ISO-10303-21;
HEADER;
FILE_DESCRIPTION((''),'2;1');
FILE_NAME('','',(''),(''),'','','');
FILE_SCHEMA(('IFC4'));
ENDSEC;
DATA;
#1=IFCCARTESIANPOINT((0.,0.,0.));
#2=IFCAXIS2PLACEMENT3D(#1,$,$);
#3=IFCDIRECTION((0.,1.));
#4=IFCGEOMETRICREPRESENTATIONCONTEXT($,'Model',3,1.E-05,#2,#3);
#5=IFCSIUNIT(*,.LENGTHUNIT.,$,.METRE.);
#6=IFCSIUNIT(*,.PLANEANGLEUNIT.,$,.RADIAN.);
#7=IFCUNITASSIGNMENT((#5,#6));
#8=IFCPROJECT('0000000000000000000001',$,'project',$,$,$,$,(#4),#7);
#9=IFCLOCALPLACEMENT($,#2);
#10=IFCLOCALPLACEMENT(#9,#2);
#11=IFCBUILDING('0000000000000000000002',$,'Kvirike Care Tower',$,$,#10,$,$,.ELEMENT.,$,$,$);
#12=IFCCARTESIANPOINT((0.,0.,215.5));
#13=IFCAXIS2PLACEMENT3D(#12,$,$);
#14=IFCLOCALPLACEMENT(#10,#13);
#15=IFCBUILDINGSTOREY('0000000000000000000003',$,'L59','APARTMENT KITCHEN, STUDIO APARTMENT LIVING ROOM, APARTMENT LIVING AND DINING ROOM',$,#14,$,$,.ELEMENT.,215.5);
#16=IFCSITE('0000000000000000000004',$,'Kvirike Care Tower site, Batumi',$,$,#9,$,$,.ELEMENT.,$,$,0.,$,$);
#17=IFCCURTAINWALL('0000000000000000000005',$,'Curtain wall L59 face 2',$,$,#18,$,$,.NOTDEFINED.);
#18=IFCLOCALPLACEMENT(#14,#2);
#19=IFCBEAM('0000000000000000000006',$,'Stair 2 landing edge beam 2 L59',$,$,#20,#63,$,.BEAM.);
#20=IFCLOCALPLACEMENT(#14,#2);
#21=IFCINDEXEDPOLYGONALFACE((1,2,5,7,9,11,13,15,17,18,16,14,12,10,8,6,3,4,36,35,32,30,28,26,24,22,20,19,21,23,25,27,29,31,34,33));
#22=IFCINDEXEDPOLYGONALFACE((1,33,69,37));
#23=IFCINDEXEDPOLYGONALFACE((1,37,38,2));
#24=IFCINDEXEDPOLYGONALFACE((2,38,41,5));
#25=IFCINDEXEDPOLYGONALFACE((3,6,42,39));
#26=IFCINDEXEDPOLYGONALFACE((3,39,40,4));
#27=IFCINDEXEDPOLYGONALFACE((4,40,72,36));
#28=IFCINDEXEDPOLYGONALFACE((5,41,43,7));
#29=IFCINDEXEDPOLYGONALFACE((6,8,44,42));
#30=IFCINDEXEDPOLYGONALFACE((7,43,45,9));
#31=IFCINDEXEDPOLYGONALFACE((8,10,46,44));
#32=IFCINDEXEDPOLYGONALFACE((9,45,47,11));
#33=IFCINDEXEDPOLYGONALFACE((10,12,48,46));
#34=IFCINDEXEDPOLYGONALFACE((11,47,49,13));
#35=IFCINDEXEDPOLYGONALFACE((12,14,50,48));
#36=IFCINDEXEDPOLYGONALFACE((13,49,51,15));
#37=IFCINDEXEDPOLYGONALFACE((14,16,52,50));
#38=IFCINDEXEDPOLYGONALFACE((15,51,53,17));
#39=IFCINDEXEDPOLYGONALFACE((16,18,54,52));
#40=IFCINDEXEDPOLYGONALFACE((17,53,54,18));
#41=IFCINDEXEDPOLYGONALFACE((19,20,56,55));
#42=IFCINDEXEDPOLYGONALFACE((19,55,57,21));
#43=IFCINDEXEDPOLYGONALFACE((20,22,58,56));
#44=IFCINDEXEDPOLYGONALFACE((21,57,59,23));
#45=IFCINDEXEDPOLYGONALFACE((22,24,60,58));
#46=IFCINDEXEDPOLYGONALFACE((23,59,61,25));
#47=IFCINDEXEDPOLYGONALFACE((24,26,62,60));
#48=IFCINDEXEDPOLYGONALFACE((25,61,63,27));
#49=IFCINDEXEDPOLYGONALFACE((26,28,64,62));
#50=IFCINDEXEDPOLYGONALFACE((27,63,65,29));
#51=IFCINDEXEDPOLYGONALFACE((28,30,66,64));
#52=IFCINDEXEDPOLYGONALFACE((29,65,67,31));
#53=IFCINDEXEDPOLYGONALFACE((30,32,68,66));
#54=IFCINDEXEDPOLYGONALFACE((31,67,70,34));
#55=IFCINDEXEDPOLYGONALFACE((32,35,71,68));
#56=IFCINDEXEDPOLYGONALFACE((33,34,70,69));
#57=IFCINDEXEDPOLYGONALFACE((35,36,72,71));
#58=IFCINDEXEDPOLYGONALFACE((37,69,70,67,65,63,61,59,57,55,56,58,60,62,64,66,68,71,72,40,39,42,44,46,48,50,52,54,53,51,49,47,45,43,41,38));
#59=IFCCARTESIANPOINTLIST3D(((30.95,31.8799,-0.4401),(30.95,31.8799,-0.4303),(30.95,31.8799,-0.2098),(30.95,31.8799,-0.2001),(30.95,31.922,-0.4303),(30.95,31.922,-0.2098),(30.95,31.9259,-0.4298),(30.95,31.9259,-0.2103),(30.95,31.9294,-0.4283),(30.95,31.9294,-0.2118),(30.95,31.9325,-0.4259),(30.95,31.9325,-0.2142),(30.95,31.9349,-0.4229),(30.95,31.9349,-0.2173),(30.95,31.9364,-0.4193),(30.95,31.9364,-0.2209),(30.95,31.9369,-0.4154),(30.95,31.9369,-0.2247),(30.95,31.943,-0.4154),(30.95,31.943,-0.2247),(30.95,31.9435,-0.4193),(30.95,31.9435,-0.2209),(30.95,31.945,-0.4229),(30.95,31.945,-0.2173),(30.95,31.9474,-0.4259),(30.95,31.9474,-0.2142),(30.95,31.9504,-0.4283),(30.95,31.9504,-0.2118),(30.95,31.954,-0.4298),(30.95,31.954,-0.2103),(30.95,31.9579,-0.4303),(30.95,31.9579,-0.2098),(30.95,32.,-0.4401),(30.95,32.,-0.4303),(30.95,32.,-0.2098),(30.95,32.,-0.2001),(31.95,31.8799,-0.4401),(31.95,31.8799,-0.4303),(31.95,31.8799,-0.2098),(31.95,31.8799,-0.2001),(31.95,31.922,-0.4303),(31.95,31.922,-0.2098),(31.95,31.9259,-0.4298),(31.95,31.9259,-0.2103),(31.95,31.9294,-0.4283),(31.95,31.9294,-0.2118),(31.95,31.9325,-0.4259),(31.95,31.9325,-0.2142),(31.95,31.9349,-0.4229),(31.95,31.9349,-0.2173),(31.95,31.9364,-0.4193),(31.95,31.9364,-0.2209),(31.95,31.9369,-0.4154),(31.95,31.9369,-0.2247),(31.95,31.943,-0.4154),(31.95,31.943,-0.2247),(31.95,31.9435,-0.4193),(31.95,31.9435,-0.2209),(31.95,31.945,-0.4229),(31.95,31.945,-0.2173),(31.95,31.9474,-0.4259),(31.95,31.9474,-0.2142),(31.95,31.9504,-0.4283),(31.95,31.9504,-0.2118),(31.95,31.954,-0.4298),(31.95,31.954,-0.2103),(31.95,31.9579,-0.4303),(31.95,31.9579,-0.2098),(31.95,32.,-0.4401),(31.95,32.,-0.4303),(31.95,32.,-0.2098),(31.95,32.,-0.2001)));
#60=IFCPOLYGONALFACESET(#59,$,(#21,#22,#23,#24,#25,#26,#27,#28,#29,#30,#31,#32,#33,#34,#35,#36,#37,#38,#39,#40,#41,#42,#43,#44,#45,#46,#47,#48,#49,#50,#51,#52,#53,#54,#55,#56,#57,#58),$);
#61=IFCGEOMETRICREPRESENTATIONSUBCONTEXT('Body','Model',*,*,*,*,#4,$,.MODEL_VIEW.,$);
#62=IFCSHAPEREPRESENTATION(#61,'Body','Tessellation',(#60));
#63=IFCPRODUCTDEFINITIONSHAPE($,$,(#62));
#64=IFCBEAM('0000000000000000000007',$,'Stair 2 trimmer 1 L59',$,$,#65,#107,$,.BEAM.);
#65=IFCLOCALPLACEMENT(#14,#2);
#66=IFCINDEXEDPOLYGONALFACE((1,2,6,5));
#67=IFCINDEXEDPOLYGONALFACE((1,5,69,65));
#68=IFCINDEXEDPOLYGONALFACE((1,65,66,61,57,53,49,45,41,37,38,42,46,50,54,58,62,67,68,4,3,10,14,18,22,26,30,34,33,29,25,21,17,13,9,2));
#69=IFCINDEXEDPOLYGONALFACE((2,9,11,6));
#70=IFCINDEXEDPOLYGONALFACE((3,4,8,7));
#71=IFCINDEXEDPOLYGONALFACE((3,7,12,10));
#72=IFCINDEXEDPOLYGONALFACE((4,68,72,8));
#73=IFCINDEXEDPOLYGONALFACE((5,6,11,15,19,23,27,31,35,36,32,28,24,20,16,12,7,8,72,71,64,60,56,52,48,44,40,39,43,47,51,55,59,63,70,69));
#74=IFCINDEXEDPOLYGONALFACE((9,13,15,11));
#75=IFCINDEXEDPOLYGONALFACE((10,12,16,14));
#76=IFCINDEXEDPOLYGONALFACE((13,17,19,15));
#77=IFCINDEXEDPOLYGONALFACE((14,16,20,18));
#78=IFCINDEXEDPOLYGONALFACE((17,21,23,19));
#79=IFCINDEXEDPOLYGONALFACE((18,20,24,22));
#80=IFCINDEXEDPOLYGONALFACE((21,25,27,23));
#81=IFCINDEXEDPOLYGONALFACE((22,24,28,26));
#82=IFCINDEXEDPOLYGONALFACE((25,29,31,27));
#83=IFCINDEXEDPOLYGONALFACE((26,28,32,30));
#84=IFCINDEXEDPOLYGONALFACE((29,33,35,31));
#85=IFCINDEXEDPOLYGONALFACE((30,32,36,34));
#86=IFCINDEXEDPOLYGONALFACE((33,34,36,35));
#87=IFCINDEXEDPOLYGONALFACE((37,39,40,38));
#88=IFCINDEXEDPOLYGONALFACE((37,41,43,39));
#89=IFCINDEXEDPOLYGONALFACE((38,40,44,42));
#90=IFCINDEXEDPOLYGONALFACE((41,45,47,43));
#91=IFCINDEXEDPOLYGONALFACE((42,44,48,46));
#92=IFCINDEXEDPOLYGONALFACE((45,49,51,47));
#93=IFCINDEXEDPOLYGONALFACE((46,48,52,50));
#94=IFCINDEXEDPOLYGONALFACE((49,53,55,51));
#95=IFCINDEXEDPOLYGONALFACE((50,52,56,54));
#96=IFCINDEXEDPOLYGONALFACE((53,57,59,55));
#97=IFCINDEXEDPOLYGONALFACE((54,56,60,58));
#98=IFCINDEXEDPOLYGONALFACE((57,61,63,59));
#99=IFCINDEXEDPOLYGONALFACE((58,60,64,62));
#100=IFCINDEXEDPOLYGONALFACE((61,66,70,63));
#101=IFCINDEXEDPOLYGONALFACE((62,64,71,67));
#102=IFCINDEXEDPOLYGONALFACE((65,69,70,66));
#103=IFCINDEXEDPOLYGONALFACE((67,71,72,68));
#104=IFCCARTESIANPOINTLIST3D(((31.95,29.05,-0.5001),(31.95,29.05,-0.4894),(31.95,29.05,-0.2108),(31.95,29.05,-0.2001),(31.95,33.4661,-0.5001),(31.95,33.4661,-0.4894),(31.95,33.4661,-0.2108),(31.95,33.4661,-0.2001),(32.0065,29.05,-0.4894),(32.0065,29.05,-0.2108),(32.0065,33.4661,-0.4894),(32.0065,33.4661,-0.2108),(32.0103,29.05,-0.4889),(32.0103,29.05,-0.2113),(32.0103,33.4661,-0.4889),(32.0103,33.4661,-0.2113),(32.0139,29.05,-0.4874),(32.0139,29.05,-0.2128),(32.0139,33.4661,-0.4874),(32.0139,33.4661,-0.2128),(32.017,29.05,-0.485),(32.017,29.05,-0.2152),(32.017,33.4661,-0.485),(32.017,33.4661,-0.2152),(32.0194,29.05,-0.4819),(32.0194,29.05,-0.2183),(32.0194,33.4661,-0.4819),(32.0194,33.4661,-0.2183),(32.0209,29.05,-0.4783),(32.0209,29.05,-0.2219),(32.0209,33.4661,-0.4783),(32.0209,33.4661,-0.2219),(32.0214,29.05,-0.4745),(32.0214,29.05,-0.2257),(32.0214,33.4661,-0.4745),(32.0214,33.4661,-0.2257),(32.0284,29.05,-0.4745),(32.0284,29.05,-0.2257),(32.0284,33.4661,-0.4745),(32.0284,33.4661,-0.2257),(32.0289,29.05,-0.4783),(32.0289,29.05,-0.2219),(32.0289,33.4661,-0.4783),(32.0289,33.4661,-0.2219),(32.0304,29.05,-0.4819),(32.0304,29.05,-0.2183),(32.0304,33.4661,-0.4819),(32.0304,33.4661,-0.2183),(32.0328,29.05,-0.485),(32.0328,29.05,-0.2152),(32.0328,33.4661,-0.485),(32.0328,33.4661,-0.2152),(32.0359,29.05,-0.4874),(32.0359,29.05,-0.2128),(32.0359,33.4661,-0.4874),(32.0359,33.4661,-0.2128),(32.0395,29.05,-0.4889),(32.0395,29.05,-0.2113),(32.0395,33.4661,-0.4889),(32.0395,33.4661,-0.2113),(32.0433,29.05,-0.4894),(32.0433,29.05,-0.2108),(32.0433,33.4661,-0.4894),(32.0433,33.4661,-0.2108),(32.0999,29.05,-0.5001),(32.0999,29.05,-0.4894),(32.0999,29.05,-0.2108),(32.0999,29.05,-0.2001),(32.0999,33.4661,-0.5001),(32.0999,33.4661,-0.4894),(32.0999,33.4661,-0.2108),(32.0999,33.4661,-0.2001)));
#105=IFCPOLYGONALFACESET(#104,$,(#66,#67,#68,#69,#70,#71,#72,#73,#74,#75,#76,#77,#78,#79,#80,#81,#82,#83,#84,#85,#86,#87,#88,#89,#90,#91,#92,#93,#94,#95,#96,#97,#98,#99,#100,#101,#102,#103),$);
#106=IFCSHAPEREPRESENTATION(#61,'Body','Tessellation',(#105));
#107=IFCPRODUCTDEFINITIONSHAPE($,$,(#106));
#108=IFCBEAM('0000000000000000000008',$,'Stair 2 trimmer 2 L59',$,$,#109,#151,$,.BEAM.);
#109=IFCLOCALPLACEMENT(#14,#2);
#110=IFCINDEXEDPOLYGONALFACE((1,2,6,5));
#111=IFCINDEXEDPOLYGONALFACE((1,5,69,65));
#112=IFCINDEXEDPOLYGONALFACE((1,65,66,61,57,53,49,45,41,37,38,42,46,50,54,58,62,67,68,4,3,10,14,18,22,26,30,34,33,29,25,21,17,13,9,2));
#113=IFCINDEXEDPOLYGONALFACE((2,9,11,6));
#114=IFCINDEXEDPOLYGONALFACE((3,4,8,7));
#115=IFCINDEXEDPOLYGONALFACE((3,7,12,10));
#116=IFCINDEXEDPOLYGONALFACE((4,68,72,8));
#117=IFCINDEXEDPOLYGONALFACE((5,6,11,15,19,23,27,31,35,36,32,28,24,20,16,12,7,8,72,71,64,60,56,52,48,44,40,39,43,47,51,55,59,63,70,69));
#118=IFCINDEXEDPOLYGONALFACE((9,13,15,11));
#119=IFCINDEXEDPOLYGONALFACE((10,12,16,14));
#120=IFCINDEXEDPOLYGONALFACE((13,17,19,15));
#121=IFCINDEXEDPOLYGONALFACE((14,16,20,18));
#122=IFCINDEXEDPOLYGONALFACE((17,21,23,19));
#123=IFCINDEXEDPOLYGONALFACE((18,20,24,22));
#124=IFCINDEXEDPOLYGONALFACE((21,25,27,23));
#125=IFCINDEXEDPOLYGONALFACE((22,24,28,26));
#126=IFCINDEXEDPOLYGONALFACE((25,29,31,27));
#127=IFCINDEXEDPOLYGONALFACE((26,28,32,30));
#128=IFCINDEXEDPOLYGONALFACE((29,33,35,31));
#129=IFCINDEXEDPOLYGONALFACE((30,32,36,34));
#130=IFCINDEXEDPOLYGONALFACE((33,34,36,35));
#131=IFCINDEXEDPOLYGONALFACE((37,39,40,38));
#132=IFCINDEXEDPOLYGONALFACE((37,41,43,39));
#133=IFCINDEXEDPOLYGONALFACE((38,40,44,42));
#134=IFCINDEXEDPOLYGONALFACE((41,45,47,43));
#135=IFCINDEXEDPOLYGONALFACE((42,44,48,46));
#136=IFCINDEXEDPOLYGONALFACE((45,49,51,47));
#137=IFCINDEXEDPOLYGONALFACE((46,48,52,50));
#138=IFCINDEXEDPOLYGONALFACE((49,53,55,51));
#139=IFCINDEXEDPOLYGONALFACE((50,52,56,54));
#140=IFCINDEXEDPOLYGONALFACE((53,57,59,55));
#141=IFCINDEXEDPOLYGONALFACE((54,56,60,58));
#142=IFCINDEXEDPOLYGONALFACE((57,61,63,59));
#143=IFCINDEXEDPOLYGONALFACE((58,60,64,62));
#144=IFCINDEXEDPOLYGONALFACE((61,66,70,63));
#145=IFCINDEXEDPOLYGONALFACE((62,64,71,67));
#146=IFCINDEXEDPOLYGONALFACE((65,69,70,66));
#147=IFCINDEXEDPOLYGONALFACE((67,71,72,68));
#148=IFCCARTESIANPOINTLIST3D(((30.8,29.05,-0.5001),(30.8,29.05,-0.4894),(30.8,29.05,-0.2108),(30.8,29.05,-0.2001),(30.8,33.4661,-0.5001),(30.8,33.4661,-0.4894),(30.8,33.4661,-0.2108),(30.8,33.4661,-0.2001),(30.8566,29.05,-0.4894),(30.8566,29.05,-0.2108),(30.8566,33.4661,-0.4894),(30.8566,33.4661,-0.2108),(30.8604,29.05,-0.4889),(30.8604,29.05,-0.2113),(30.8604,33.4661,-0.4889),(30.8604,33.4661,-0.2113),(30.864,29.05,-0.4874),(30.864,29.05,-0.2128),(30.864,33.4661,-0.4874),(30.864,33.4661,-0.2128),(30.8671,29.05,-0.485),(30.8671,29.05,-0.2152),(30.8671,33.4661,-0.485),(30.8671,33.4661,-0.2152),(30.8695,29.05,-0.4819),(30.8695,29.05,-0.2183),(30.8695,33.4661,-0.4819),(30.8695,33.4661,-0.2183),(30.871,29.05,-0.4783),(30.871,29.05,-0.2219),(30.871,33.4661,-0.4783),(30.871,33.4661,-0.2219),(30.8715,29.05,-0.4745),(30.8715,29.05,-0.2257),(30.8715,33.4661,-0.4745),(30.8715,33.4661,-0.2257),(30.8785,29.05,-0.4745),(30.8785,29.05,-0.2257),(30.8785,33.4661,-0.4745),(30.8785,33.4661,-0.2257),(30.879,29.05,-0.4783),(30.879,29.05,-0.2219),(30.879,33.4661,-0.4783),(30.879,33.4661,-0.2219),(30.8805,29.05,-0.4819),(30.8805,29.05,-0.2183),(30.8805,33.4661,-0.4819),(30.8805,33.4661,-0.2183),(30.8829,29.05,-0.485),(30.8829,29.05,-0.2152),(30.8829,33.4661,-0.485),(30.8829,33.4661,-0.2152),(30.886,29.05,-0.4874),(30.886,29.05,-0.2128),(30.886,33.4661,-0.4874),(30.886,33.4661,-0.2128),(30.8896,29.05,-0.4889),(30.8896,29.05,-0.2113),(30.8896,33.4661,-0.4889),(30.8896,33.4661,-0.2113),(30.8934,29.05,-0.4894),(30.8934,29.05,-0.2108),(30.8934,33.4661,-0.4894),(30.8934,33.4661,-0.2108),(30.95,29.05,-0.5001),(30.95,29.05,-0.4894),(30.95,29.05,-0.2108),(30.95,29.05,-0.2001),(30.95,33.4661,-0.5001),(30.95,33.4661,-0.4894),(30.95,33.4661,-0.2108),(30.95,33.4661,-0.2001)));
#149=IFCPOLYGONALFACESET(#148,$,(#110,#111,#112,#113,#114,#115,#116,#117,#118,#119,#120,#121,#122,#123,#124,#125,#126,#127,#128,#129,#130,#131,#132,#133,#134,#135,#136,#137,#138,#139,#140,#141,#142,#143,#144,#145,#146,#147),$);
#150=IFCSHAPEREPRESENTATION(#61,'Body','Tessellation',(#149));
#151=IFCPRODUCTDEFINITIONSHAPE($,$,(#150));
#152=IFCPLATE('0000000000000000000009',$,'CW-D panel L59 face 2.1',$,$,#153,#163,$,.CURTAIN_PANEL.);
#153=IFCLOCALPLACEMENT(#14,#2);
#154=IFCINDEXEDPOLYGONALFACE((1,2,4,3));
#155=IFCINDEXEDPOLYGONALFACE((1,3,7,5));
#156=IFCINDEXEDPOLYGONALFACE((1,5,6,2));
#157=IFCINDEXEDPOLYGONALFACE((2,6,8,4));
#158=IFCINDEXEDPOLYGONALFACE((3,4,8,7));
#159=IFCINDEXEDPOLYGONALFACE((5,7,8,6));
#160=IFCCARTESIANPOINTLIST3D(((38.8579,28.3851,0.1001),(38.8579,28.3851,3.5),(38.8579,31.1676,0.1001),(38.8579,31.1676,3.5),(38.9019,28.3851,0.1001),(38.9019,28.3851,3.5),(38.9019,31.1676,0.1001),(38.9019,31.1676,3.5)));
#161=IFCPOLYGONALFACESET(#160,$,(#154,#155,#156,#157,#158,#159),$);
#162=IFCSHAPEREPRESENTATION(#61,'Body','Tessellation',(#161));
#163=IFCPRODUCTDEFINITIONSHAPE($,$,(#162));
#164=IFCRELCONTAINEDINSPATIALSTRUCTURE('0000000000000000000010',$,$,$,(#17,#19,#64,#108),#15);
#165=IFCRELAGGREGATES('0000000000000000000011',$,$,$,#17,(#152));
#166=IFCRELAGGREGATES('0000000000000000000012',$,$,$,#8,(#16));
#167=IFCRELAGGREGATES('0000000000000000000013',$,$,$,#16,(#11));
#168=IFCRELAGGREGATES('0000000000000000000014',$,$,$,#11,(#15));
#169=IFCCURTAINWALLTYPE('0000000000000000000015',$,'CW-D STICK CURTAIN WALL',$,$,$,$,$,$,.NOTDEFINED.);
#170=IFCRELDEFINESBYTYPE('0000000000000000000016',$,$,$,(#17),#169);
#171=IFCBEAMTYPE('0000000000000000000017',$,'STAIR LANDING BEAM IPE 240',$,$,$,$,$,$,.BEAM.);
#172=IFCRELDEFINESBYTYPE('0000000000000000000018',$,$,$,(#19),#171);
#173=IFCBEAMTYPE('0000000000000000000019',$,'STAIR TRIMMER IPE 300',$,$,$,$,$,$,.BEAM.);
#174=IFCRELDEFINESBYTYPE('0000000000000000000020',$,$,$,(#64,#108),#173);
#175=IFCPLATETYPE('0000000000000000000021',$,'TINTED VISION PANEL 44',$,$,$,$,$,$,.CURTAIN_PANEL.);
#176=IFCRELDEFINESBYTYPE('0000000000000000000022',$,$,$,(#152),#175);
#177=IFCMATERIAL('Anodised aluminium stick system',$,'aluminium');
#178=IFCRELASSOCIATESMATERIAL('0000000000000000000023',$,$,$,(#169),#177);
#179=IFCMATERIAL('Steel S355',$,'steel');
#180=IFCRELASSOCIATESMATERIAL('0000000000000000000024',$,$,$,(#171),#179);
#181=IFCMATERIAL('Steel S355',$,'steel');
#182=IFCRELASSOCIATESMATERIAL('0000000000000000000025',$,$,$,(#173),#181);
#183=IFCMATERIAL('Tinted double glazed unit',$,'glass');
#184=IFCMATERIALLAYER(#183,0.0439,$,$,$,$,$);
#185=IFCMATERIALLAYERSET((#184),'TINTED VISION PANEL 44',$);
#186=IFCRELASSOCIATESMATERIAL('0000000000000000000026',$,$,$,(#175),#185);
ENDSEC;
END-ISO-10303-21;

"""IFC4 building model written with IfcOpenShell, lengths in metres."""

from ifc_helpers import new_model, si_unit, direction, frame, origin, origin_2d, place, context, subcontext, project, spatial, rectangle, i_section, extrude, material, layer, layer_set, material_profile, profile_set, type_object, element, aggregate, save


model = new_model("IFC4")

# Units and contexts
model_context = context("Model", 3, precision=1e-05, world=origin(), true_north=direction((0.0, 1.0)))
body_context = subcontext(model_context, "Body", "Model", "MODEL_VIEW")
ifc_project = project(units=[si_unit("LENGTHUNIT", "METRE"), si_unit("PLANEANGLEUNIT", "RADIAN")], contexts=[model_context])

# Site, building, storey
site_placement = place(None, origin())
site = spatial("IfcSite", under=ifc_project, at=site_placement, Name="Kvirike Care Tower site, Batumi", CompositionType="ELEMENT", RefElevation=0.0)
building_placement = place(site_placement, origin())
building = spatial("IfcBuilding", under=site, at=building_placement, Name="Kvirike Care Tower", CompositionType="ELEMENT")
storey_placement = place(building_placement, frame((0.0, 0.0, 215.5)))
storey = spatial("IfcBuildingStorey", under=building, at=storey_placement, Name="L59", Description="APARTMENT KITCHEN, STUDIO APARTMENT LIVING ROOM, APARTMENT LIVING AND DINING ROOM", CompositionType="ELEMENT", Elevation=215.5)

# Curtain wall
ifc_material_1 = material(Name="Anodised aluminium stick system", Category="aluminium")
curtain_wall_type = type_object("IfcCurtainWallType", Name="CW-D STICK CURTAIN WALL", PredefinedType="NOTDEFINED", material=ifc_material_1)
curtain_wall_1_placement = place(storey_placement, origin())
curtain_wall_1 = element("IfcCurtainWall", 1, at=curtain_wall_1_placement, inside=storey, type_object=curtain_wall_type, Name="Curtain wall L59 face 2", PredefinedType="NOTDEFINED")

# Beams
ifc_material_2 = material(Name="Steel S355", Category="steel")
ifc_material_profile_1 = material_profile(ifc_material_2, i_section(OverallWidth=0.1201, OverallDepth=0.24, WebThickness=0.0061, FlangeThickness=0.0098, FilletRadius=0.0149, at=origin_2d()), Name="IPE 240")
ifc_profile_set_1 = profile_set([ifc_material_profile_1], Name="Steel S355")
beam_type_1 = type_object("IfcBeamType", Name="STAIR LANDING BEAM IPE 240", PredefinedType="BEAM", material=ifc_profile_set_1)
for number, where, z_axis, x_axis, name in (
    (2, (31.95, 31.9399, -0.3201), (-1.0, 0.0, 0.0), (0.0, -1.0, 0.0), "Stair 2 landing edge beam 2 L59"),
):
    element("IfcBeam", number, at=place(storey_placement, frame(where, z_axis=z_axis, x_axis=x_axis)), inside=storey, type_object=beam_type_1, Name=name, PredefinedType="BEAM", context=body_context, shape_type="SweptSolid", body=[
        extrude(i_section(OverallWidth=0.1201, OverallDepth=0.24, WebThickness=0.0061, FlangeThickness=0.0098, FilletRadius=0.0149, at=origin_2d()), origin(), (0.0, 0.0, 1.0), 1.0),
    ])
ifc_material_3 = material(Name="Steel S355", Category="steel")
ifc_material_profile_2 = material_profile(ifc_material_3, i_section(OverallWidth=0.1499, OverallDepth=0.3, WebThickness=0.0071, FlangeThickness=0.0107, FilletRadius=0.0149, at=origin_2d()), Name="IPE 300")
ifc_profile_set_2 = profile_set([ifc_material_profile_2], Name="Steel S355")
beam_type_2 = type_object("IfcBeamType", Name="STAIR TRIMMER IPE 300", PredefinedType="BEAM", material=ifc_profile_set_2)
for number, where, z_axis, x_axis, name in (
    (3, (32.0249, 29.05, -0.3501), (0.0, 1.0, 0.0), (-1.0, 0.0, 0.0), "Stair 2 trimmer 1 L59"),
    (4, (30.875, 29.05, -0.3501), (0.0, 1.0, 0.0), (-1.0, 0.0, 0.0), "Stair 2 trimmer 2 L59"),
):
    element("IfcBeam", number, at=place(storey_placement, frame(where, z_axis=z_axis, x_axis=x_axis)), inside=storey, type_object=beam_type_2, Name=name, PredefinedType="BEAM", context=body_context, shape_type="SweptSolid", body=[
        extrude(i_section(OverallWidth=0.1499, OverallDepth=0.3, WebThickness=0.0071, FlangeThickness=0.0107, FilletRadius=0.0149, at=origin_2d()), origin(), (0.0, 0.0, 1.0), 4.416),
    ])

# Plate
ifc_material_4 = material(Name="Tinted double glazed unit", Category="glass")
ifc_layer_1 = layer(ifc_material_4, 0.0439)
ifc_layer_set_1 = layer_set([ifc_layer_1], Name="TINTED VISION PANEL 44")
plate_type = type_object("IfcPlateType", Name="TINTED VISION PANEL 44", PredefinedType="CURTAIN_PANEL", material=ifc_layer_set_1)
plate_placement = place(storey_placement, frame((38.8799, 29.7764, 0.1001), z_axis=(0.0, 0.0, 1.0), x_axis=(0.0, 1.0, 0.0)))
plate = element("IfcPlate", 5, at=plate_placement, type_object=plate_type, Name="CW-D panel L59 face 2.1", PredefinedType="CURTAIN_PANEL", context=body_context, shape_type="SweptSolid", body=[
    extrude(rectangle(XDim=2.7825, YDim=0.0439, at=origin_2d()), origin(), (0.0, 0.0, 1.0), 3.3999),
])
aggregate(curtain_wall_1, [plate])

save(model, "model.ifc")
